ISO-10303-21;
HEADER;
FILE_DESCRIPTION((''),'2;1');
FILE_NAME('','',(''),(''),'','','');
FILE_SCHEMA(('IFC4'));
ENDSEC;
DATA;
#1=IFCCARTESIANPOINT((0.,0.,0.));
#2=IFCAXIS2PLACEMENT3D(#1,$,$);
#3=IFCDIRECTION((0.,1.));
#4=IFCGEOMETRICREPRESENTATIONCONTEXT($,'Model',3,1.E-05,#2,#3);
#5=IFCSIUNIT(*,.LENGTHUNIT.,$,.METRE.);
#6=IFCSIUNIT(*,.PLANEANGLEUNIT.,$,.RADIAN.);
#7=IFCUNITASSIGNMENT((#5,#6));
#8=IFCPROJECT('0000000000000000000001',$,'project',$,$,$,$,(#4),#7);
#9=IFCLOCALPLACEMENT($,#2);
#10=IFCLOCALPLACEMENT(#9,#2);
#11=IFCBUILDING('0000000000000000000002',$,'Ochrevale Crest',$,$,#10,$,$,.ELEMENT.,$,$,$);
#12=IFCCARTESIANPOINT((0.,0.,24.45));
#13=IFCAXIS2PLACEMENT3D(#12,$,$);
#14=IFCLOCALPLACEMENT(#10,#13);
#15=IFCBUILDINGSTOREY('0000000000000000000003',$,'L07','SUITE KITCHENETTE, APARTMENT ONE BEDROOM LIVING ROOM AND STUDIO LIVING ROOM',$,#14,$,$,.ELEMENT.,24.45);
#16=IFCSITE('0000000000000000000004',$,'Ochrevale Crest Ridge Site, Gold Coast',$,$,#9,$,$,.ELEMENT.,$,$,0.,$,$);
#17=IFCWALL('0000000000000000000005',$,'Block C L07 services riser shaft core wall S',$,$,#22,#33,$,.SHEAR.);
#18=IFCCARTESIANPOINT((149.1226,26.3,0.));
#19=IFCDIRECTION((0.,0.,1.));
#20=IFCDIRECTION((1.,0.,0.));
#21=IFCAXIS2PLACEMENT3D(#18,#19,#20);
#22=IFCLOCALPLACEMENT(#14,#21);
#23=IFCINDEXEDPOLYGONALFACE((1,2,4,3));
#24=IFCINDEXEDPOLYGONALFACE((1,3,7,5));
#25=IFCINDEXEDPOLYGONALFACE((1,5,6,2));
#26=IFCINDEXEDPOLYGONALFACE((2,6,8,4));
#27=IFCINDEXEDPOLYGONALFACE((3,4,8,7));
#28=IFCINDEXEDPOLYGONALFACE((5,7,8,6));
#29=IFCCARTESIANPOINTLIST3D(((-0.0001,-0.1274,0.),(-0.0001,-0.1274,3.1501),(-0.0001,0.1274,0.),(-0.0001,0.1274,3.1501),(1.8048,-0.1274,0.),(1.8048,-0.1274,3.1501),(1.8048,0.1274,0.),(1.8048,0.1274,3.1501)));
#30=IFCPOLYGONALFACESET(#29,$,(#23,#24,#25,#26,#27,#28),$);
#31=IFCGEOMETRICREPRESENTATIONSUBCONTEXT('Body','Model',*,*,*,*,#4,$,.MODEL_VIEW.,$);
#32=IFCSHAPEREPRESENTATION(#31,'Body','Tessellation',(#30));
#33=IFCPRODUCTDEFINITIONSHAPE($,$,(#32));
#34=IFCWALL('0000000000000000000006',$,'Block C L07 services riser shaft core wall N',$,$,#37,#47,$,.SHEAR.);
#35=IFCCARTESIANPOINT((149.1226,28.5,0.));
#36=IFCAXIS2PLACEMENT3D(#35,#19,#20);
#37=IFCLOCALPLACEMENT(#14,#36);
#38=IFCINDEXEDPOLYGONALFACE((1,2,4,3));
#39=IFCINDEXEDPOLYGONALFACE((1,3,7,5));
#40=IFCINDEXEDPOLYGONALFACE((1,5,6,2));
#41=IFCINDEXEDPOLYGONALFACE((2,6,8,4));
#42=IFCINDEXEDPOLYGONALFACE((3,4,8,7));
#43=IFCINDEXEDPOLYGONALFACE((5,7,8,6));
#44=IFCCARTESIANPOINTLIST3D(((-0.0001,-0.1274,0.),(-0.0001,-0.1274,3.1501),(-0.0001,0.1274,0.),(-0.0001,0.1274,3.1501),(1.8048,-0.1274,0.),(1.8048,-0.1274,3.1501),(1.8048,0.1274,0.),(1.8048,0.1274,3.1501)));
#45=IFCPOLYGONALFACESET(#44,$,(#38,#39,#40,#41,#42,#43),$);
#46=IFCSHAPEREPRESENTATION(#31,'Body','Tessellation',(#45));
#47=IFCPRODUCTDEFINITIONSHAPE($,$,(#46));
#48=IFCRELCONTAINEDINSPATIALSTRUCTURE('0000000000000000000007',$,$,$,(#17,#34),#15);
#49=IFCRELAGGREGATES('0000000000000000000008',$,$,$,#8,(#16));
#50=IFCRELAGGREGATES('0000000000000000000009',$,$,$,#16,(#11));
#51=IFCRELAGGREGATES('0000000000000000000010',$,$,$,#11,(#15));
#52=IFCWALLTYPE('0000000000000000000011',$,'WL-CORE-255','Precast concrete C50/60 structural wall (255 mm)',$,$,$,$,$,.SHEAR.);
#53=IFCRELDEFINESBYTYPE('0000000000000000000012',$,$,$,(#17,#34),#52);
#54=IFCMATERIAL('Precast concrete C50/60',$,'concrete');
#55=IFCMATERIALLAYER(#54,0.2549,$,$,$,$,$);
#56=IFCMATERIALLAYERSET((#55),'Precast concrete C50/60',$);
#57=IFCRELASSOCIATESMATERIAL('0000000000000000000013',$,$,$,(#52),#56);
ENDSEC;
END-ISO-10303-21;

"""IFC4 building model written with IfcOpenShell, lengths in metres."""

from ifc_helpers import new_model, si_unit, direction, frame, frame_2d, origin, place, context, subcontext, project, spatial, rectangle, extrude, material, layer, layer_set, type_object, element, save


model = new_model("IFC4")

# Units and contexts
model_context = context("Model", 3, precision=1e-05, world=origin(), true_north=direction((0.0, 1.0)))
body_context = subcontext(model_context, "Body", "Model", "MODEL_VIEW")
ifc_project = project(units=[si_unit("LENGTHUNIT", "METRE"), si_unit("PLANEANGLEUNIT", "RADIAN")], contexts=[model_context])

# Site, building, storey
site_placement = place(None, origin())
site = spatial("IfcSite", under=ifc_project, at=site_placement, Name="Ochrevale Crest Ridge Site, Gold Coast", CompositionType="ELEMENT", RefElevation=0.0)
building_placement = place(site_placement, origin())
building = spatial("IfcBuilding", under=site, at=building_placement, Name="Ochrevale Crest", CompositionType="ELEMENT")
storey_placement = place(building_placement, frame((0.0, 0.0, 24.45)))
storey = spatial("IfcBuildingStorey", under=building, at=storey_placement, Name="L07", Description="SUITE KITCHENETTE, APARTMENT ONE BEDROOM LIVING ROOM AND STUDIO LIVING ROOM", CompositionType="ELEMENT", Elevation=24.45)

# Shared definitions
ifc_material_1 = material(Name="Precast concrete C50/60", Category="concrete")

# Shared definitions
ifc_layer_1 = layer(ifc_material_1, 0.2549)
ifc_layer_set_1 = layer_set([ifc_layer_1], Name="Precast concrete C50/60")
wall_type_1 = type_object("IfcWallType", Name="WL-CORE-255", Description="Precast concrete C50/60 structural wall (255 mm)", PredefinedType="SHEAR", material=ifc_layer_set_1)

# Walls
for number, where, z_axis, x_axis, name in (
    (1, (149.1226, 26.3, 0.0), (0.0, 0.0, 1.0), (1.0, 0.0, 0.0), "Block C L07 services riser shaft core wall S"),
    (2, (149.1226, 28.5, 0.0), (0.0, 0.0, 1.0), (1.0, 0.0, 0.0), "Block C L07 services riser shaft core wall N"),
):
    element("IfcWall", number, at=place(storey_placement, frame(where, z_axis=z_axis, x_axis=x_axis)), inside=storey, type_object=wall_type_1, Name=name, PredefinedType="SHEAR", context=body_context, shape_type="SweptSolid", body=[
        extrude(rectangle(XDim=1.8049, YDim=0.2549, at=frame_2d((0.9023, 0.0))), origin(), (0.0, 0.0, 1.0), 3.1501),
    ])

save(model, "model.ifc")
